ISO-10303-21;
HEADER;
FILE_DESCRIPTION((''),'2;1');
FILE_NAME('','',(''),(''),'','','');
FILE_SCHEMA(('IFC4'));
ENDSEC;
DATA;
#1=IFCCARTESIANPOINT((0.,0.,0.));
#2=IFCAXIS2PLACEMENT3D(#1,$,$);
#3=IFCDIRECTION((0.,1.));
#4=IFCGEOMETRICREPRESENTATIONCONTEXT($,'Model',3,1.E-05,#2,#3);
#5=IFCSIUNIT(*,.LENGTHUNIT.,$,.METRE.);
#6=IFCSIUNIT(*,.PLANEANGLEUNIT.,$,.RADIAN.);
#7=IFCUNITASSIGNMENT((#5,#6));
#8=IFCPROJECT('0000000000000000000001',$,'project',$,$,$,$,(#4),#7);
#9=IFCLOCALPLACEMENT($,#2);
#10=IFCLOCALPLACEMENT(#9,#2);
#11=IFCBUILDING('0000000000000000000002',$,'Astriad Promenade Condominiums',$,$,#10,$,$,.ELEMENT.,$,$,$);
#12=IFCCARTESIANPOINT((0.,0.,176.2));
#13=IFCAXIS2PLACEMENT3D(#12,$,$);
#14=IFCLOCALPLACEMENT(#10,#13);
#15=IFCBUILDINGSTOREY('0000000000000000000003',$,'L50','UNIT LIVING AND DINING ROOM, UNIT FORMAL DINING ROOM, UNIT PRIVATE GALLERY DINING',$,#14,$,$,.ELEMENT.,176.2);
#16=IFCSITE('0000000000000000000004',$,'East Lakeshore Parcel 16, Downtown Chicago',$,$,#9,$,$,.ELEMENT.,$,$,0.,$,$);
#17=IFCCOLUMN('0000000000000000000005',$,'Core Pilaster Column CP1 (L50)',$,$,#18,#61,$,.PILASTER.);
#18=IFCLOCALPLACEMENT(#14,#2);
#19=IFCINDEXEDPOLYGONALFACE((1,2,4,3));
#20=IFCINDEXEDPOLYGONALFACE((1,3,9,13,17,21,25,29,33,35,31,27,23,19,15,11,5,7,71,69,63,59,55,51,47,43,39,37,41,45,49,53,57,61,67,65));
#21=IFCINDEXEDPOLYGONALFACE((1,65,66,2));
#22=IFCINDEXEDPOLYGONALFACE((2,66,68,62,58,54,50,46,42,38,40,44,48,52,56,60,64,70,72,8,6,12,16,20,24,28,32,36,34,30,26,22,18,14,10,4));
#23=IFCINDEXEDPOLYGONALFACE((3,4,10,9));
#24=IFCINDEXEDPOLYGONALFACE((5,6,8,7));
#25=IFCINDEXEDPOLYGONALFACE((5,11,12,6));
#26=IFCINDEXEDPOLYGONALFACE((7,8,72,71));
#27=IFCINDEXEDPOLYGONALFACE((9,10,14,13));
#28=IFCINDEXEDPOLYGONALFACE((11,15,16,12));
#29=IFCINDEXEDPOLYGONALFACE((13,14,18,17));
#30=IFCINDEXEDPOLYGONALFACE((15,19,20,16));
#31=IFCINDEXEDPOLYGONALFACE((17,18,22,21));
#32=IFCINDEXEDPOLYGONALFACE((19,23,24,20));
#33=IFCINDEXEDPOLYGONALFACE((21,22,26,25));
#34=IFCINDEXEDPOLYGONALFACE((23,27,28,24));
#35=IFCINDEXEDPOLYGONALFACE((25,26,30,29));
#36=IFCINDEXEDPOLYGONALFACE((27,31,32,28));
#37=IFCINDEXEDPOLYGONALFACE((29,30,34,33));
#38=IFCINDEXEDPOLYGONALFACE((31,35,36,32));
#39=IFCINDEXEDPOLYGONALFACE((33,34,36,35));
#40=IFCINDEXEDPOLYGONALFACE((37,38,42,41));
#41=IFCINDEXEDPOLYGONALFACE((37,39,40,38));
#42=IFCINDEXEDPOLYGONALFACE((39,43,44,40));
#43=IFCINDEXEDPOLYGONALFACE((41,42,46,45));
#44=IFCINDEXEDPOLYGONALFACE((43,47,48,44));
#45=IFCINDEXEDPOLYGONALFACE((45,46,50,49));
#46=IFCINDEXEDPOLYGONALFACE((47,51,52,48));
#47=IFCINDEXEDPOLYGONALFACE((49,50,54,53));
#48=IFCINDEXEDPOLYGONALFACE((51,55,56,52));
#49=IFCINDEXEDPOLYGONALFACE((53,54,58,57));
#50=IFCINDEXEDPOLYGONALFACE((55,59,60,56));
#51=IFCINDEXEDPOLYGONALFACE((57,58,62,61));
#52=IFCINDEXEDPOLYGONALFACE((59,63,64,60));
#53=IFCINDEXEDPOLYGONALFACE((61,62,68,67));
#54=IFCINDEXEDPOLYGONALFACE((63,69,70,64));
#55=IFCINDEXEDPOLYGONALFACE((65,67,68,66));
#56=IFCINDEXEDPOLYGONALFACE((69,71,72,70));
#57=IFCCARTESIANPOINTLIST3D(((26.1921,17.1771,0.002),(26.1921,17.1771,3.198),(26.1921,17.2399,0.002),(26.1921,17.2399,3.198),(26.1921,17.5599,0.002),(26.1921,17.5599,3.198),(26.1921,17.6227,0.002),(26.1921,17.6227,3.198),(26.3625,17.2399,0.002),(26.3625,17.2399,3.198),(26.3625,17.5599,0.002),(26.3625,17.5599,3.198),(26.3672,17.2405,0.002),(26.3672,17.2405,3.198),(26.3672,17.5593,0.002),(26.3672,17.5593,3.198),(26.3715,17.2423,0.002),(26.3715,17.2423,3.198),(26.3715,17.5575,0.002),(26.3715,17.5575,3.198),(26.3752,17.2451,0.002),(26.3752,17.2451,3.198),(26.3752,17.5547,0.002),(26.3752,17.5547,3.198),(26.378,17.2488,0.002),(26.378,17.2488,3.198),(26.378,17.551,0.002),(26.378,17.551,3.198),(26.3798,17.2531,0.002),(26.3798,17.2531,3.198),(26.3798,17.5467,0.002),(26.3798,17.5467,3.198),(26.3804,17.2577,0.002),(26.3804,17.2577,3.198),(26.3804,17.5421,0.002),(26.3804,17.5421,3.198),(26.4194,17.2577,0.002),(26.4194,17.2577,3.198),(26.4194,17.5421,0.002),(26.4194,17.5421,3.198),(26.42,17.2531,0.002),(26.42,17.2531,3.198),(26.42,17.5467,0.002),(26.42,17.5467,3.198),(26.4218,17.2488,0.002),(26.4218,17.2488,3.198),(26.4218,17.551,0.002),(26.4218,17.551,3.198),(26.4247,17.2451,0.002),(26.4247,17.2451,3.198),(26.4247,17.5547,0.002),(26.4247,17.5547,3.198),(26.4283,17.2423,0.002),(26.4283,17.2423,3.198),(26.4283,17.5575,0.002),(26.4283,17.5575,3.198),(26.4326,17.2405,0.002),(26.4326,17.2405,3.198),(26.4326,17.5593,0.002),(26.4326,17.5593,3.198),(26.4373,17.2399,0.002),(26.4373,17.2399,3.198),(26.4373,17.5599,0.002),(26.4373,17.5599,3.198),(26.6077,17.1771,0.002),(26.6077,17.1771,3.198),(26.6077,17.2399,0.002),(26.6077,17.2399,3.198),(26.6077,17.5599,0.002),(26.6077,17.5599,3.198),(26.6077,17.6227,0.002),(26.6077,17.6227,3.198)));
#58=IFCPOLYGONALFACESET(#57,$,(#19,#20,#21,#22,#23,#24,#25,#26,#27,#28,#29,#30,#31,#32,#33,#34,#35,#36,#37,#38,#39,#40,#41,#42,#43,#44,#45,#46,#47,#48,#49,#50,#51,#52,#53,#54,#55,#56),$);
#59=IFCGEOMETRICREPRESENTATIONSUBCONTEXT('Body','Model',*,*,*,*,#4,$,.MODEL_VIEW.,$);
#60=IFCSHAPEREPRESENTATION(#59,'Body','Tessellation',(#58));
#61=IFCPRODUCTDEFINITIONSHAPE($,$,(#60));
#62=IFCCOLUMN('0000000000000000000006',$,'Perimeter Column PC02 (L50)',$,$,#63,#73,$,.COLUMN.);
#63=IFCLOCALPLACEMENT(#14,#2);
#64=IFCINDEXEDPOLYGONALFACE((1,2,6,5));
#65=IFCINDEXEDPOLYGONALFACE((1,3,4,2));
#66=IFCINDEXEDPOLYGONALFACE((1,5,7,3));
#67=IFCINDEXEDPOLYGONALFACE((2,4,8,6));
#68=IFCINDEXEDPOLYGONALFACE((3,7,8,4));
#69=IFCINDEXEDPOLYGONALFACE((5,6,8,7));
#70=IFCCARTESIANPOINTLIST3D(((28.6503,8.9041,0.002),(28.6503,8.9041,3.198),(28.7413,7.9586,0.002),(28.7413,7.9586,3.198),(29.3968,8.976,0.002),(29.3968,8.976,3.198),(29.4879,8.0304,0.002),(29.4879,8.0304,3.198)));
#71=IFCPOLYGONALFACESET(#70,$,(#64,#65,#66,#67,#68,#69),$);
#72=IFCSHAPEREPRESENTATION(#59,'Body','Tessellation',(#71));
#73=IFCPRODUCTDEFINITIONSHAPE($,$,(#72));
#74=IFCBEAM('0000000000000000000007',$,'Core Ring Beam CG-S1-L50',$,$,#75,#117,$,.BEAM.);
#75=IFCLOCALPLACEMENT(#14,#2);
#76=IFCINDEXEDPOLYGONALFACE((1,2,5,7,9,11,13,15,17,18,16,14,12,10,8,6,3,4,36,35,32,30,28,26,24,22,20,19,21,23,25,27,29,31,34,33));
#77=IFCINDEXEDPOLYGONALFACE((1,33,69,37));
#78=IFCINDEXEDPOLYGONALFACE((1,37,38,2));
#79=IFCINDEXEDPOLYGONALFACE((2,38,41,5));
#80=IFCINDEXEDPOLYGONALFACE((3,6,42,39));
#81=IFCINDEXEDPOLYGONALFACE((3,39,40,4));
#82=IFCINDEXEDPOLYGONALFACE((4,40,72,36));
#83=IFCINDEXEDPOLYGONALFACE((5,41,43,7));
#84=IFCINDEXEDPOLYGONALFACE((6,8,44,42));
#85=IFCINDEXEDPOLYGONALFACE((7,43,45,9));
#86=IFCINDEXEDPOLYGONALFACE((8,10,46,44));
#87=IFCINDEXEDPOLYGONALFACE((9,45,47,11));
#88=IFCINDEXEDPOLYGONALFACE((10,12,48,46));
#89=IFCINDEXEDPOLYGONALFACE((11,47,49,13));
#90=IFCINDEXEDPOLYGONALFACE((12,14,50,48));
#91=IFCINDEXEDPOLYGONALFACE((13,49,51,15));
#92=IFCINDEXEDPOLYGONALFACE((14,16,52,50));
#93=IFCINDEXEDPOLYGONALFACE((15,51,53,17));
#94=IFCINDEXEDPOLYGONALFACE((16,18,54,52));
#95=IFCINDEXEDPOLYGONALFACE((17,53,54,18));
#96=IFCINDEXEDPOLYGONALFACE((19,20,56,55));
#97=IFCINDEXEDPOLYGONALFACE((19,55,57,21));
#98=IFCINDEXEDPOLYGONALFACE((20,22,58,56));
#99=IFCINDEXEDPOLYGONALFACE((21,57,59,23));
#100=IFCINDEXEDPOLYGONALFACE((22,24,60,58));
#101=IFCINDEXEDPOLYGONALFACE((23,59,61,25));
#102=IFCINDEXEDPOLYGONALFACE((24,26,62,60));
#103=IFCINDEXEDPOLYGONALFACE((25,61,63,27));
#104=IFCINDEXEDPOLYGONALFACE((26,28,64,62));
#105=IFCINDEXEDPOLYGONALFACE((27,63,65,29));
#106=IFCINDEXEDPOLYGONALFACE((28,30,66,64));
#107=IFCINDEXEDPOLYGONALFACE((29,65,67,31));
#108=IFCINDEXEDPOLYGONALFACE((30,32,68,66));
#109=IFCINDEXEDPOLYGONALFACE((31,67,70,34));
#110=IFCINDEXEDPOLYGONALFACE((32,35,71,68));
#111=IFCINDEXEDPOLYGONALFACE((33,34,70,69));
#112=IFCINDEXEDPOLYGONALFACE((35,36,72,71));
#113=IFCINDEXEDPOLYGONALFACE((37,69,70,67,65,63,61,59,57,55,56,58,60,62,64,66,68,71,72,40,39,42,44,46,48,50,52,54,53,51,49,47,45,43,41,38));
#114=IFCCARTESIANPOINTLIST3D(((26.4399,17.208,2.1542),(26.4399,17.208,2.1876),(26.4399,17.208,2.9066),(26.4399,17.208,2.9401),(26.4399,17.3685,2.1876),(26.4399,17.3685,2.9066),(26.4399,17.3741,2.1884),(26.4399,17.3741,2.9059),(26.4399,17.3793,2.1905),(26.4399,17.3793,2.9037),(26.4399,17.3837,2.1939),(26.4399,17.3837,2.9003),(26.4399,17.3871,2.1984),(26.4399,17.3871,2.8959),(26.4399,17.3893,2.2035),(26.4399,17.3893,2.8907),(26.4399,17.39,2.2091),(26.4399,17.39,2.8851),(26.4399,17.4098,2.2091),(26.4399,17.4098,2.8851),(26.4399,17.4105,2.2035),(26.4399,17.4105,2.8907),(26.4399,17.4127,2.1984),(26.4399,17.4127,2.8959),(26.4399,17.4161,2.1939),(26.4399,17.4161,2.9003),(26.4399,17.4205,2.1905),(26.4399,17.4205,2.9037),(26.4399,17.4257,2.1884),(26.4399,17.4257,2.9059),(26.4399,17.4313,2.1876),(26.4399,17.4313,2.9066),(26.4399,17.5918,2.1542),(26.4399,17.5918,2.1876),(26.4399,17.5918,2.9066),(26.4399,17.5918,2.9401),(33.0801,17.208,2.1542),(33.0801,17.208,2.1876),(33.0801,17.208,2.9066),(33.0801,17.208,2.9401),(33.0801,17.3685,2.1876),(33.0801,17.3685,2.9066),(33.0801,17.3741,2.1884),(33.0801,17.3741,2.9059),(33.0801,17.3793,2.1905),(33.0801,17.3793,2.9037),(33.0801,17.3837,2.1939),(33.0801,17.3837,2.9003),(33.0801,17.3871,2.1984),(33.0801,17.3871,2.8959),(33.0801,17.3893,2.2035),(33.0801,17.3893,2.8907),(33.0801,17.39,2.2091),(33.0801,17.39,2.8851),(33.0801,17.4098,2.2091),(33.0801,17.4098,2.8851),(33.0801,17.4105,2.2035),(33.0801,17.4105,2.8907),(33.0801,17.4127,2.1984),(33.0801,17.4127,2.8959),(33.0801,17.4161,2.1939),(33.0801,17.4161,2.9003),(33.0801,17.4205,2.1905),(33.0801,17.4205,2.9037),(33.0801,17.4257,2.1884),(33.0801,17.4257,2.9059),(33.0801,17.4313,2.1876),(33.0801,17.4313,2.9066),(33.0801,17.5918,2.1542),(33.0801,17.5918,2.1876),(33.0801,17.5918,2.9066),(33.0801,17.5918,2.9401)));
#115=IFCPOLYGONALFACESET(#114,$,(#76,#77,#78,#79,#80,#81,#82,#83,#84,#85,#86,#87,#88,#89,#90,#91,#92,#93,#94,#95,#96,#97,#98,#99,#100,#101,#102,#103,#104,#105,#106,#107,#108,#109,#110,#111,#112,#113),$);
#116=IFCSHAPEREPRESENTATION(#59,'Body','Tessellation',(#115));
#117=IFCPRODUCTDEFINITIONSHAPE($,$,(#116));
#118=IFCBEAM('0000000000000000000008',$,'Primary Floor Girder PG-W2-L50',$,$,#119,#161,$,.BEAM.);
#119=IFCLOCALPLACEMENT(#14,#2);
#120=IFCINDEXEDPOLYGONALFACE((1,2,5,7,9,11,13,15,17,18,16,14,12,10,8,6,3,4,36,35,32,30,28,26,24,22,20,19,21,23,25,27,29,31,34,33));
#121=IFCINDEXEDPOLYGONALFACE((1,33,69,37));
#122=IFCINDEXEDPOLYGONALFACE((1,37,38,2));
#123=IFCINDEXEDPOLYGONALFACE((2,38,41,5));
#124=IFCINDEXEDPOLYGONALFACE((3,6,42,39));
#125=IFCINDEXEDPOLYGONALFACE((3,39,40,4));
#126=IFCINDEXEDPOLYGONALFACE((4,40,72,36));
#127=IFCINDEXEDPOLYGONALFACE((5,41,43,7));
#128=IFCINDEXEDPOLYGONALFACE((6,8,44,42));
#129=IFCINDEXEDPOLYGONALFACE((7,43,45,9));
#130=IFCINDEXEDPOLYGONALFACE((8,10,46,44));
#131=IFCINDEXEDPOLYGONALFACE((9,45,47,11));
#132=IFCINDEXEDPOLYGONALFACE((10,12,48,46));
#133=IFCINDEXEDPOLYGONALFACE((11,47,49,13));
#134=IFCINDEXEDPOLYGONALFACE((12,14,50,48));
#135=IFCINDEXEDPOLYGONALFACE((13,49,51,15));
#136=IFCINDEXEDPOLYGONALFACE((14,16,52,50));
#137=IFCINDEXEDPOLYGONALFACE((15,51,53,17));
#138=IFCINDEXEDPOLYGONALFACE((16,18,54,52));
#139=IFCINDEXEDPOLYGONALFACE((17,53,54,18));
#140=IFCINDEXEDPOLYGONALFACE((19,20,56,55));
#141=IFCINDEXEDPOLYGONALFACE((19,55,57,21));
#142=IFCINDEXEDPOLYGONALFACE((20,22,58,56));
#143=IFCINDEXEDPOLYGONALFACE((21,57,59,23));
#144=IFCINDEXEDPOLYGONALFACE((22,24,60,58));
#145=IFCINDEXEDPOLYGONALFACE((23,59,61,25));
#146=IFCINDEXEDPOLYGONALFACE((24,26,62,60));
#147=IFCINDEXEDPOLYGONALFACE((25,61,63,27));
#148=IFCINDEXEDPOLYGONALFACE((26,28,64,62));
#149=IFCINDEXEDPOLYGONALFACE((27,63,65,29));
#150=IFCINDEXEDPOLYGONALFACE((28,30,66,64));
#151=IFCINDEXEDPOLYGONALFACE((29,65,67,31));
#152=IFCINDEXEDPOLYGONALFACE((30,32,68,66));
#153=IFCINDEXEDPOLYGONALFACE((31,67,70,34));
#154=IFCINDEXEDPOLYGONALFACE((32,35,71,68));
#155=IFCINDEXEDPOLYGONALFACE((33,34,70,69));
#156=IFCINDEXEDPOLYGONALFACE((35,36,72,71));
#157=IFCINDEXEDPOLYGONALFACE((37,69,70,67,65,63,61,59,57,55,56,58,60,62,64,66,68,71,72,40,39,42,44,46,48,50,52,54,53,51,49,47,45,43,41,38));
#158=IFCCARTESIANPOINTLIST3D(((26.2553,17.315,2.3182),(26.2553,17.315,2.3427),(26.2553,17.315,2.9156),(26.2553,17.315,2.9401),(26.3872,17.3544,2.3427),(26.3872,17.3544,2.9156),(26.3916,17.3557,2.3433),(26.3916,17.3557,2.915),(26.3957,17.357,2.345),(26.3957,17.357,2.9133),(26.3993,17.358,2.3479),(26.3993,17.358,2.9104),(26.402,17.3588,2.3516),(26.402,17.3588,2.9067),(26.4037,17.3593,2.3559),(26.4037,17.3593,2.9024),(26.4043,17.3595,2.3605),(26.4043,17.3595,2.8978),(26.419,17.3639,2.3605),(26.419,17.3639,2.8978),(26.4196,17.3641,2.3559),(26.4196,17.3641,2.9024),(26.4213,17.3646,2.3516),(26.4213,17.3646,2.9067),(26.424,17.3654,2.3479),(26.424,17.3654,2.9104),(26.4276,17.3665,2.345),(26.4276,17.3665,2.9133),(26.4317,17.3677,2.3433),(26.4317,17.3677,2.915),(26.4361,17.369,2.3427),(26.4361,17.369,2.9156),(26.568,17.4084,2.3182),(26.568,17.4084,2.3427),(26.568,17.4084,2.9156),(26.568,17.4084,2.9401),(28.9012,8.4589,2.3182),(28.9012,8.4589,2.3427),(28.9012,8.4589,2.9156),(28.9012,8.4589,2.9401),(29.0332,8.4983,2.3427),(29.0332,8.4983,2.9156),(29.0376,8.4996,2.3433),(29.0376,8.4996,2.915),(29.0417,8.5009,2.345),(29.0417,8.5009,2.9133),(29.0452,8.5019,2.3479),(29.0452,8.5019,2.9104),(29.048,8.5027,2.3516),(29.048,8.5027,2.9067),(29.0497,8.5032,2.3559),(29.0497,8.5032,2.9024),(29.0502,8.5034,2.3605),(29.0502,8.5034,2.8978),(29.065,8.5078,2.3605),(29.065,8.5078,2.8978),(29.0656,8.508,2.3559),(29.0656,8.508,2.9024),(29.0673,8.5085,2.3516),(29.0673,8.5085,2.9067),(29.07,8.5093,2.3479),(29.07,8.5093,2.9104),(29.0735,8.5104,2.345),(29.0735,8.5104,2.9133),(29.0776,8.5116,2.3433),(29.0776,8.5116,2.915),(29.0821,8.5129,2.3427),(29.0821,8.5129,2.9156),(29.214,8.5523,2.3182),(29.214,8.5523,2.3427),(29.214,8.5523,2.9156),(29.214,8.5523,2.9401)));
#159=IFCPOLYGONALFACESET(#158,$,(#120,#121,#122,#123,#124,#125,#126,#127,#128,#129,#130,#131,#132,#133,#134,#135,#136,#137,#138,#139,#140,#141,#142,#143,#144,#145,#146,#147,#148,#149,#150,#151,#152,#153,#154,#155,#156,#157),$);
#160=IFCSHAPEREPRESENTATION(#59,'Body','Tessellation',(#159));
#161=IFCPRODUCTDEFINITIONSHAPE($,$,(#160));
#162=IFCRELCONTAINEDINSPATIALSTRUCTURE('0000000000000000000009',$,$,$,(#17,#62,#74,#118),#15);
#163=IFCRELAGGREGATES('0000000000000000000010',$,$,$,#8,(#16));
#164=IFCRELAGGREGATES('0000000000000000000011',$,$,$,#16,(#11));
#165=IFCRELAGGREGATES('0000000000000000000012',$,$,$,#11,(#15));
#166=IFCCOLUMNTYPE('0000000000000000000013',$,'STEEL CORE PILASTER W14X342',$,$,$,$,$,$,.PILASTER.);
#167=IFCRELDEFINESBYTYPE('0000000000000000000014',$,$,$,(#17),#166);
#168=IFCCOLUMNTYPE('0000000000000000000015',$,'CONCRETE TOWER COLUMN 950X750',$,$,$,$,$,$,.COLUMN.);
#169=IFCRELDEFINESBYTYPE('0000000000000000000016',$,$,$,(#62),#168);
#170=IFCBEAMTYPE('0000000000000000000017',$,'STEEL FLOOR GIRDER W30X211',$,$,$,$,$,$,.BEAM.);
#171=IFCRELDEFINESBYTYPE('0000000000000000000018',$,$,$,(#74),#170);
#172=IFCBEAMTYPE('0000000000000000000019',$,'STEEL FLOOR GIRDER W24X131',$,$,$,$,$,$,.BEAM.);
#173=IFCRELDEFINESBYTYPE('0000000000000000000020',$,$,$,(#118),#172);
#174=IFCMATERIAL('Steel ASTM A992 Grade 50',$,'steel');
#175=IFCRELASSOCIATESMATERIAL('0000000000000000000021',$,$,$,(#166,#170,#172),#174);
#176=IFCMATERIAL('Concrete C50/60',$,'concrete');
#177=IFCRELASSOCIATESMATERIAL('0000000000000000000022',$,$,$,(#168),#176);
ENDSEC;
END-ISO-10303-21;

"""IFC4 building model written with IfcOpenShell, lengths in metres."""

from ifc_helpers import new_model, si_unit, direction, frame, origin, origin_2d, place, context, subcontext, project, spatial, rectangle, i_section, extrude, source, transform, mapped, material, material_profile, profile_set, type_object, type_shapes, element, save


model = new_model("IFC4")

# Units and contexts
model_context = context("Model", 3, precision=1e-05, world=origin(), true_north=direction((0.0, 1.0)))
body_context = subcontext(model_context, "Body", "Model", "MODEL_VIEW")
ifc_project = project(units=[si_unit("LENGTHUNIT", "METRE"), si_unit("PLANEANGLEUNIT", "RADIAN")], contexts=[model_context])

# Site, building, storey
site_placement = place(None, origin())
site = spatial("IfcSite", under=ifc_project, at=site_placement, Name="East Lakeshore Parcel 16, Downtown Chicago", CompositionType="ELEMENT", RefElevation=0.0)
building_placement = place(site_placement, origin())
building = spatial("IfcBuilding", under=site, at=building_placement, Name="Astriad Promenade Condominiums", CompositionType="ELEMENT")
storey_placement = place(building_placement, frame((0.0, 0.0, 176.2)))
storey = spatial("IfcBuildingStorey", under=building, at=storey_placement, Name="L50", Description="UNIT LIVING AND DINING ROOM, UNIT FORMAL DINING ROOM, UNIT PRIVATE GALLERY DINING", CompositionType="ELEMENT", Elevation=176.2)

# Columns
ifc_material_1 = material(Name="Steel ASTM A992 Grade 50", Category="steel")
ifc_material_profile_1 = material_profile(ifc_material_1, i_section(OverallWidth=0.4155, OverallDepth=0.4456, WebThickness=0.0391, FlangeThickness=0.0627, FilletRadius=0.0178, at=origin_2d()), Name="W14X342")
ifc_profile_set_1 = profile_set([ifc_material_profile_1], Name="Steel ASTM A992 Grade 50")
column_type_1 = type_object("IfcColumnType", Name="STEEL CORE PILASTER W14X342", PredefinedType="PILASTER", material=ifc_profile_set_1)
shared_shape_1 = source(origin(), body_context, "Body", "SweptSolid", [
    extrude(i_section(OverallWidth=0.4155, OverallDepth=0.4456, WebThickness=0.0391, FlangeThickness=0.0627, FilletRadius=0.0178, at=origin_2d()), origin(), (0.0, 0.0, 1.0), 3.196),
])
type_shapes(column_type_1, [shared_shape_1])
column_1_placement = place(storey_placement, frame((26.3999, 17.3999, 0.002), z_axis=(0.0, 0.0, 1.0), x_axis=(1.0, 0.0, 0.0)))
element("IfcColumn", 1, at=column_1_placement, inside=storey, type_object=column_type_1, Name="Core Pilaster Column CP1 (L50)", PredefinedType="PILASTER", context=body_context, shape_type="MappedRepresentation", body=[
    mapped(shared_shape_1, transform((0.0, 0.0, 0.0), scale=1.0)),
])
ifc_material_2 = material(Name="Concrete C50/60", Category="concrete")
ifc_material_profile_2 = material_profile(ifc_material_2, rectangle(XDim=0.75, YDim=0.95, at=origin_2d()), Name="RC-COL-950X750")
ifc_profile_set_2 = profile_set([ifc_material_profile_2], Name="Concrete C50/60")
column_type_2 = type_object("IfcColumnType", Name="CONCRETE TOWER COLUMN 950X750", PredefinedType="COLUMN", material=ifc_profile_set_2)
shared_shape_2 = source(origin(), body_context, "Body", "SweptSolid", [
    extrude(rectangle(XDim=0.75, YDim=0.95, at=origin_2d()), origin(), (0.0, 0.0, 1.0), 3.196),
])
type_shapes(column_type_2, [shared_shape_2])
column_2_placement = place(storey_placement, frame((29.0691, 8.4673, 0.002), z_axis=(0.0, 0.0, 1.0), x_axis=(0.995396, 0.095846, 0.0)))
element("IfcColumn", 2, at=column_2_placement, inside=storey, type_object=column_type_2, Name="Perimeter Column PC02 (L50)", PredefinedType="COLUMN", context=body_context, shape_type="MappedRepresentation", body=[
    mapped(shared_shape_2, transform((0.0, 0.0, 0.0), scale=1.0)),
])

# Beams
ifc_material_profile_3 = material_profile(ifc_material_1, i_section(OverallWidth=0.3838, OverallDepth=0.7859, WebThickness=0.0198, FlangeThickness=0.0334, FilletRadius=0.0215, at=origin_2d()), Name="W30X211")
ifc_profile_set_3 = profile_set([ifc_material_profile_3], Name="Steel ASTM A992 Grade 50")
beam_type_1 = type_object("IfcBeamType", Name="STEEL FLOOR GIRDER W30X211", PredefinedType="BEAM", material=ifc_profile_set_3)
shared_shape_3 = source(origin(), body_context, "Body", "SweptSolid", [
    extrude(i_section(OverallWidth=0.3838, OverallDepth=0.7859, WebThickness=0.0198, FlangeThickness=0.0334, FilletRadius=0.0215, at=origin_2d()), origin(), (0.0, 0.0, 1.0), 6.6401),
])
type_shapes(beam_type_1, [shared_shape_3])
beam_1_placement = place(storey_placement, frame((26.4399, 17.3999, 2.5471), z_axis=(1.0, 0.0, 0.0), x_axis=(0.0, 1.0, 0.0)))
element("IfcBeam", 3, at=beam_1_placement, inside=storey, type_object=beam_type_1, Name="Core Ring Beam CG-S1-L50", PredefinedType="BEAM", context=body_context, shape_type="MappedRepresentation", body=[
    mapped(shared_shape_3, transform((0.0, 0.0, 0.0), scale=1.0)),
])
ifc_material_profile_4 = material_profile(ifc_material_1, i_section(OverallWidth=0.3264, OverallDepth=0.6218, WebThickness=0.0154, FlangeThickness=0.0244, FilletRadius=0.0178, at=origin_2d()), Name="W24X131")
ifc_profile_set_4 = profile_set([ifc_material_profile_4], Name="Steel ASTM A992 Grade 50")
beam_type_2 = type_object("IfcBeamType", Name="STEEL FLOOR GIRDER W24X131", PredefinedType="BEAM", material=ifc_profile_set_4)
shared_shape_4 = source(origin(), body_context, "Body", "SweptSolid", [
    extrude(i_section(OverallWidth=0.3264, OverallDepth=0.6218, WebThickness=0.0154, FlangeThickness=0.0244, FilletRadius=0.0178, at=origin_2d()), origin(), (0.0, 0.0, 1.0), 9.2429),
])
type_shapes(beam_type_2, [shared_shape_4])
beam_2_placement = place(storey_placement, frame((29.0576, 8.5056, 2.6292), z_axis=(-0.286269, 0.958149, 0.0), x_axis=(-0.958149, -0.286269, 0.0)))
element("IfcBeam", 4, at=beam_2_placement, inside=storey, type_object=beam_type_2, Name="Primary Floor Girder PG-W2-L50", PredefinedType="BEAM", context=body_context, shape_type="MappedRepresentation", body=[
    mapped(shared_shape_4, transform((0.0, 0.0, 0.0), scale=1.0)),
])

save(model, "model.ifc")
